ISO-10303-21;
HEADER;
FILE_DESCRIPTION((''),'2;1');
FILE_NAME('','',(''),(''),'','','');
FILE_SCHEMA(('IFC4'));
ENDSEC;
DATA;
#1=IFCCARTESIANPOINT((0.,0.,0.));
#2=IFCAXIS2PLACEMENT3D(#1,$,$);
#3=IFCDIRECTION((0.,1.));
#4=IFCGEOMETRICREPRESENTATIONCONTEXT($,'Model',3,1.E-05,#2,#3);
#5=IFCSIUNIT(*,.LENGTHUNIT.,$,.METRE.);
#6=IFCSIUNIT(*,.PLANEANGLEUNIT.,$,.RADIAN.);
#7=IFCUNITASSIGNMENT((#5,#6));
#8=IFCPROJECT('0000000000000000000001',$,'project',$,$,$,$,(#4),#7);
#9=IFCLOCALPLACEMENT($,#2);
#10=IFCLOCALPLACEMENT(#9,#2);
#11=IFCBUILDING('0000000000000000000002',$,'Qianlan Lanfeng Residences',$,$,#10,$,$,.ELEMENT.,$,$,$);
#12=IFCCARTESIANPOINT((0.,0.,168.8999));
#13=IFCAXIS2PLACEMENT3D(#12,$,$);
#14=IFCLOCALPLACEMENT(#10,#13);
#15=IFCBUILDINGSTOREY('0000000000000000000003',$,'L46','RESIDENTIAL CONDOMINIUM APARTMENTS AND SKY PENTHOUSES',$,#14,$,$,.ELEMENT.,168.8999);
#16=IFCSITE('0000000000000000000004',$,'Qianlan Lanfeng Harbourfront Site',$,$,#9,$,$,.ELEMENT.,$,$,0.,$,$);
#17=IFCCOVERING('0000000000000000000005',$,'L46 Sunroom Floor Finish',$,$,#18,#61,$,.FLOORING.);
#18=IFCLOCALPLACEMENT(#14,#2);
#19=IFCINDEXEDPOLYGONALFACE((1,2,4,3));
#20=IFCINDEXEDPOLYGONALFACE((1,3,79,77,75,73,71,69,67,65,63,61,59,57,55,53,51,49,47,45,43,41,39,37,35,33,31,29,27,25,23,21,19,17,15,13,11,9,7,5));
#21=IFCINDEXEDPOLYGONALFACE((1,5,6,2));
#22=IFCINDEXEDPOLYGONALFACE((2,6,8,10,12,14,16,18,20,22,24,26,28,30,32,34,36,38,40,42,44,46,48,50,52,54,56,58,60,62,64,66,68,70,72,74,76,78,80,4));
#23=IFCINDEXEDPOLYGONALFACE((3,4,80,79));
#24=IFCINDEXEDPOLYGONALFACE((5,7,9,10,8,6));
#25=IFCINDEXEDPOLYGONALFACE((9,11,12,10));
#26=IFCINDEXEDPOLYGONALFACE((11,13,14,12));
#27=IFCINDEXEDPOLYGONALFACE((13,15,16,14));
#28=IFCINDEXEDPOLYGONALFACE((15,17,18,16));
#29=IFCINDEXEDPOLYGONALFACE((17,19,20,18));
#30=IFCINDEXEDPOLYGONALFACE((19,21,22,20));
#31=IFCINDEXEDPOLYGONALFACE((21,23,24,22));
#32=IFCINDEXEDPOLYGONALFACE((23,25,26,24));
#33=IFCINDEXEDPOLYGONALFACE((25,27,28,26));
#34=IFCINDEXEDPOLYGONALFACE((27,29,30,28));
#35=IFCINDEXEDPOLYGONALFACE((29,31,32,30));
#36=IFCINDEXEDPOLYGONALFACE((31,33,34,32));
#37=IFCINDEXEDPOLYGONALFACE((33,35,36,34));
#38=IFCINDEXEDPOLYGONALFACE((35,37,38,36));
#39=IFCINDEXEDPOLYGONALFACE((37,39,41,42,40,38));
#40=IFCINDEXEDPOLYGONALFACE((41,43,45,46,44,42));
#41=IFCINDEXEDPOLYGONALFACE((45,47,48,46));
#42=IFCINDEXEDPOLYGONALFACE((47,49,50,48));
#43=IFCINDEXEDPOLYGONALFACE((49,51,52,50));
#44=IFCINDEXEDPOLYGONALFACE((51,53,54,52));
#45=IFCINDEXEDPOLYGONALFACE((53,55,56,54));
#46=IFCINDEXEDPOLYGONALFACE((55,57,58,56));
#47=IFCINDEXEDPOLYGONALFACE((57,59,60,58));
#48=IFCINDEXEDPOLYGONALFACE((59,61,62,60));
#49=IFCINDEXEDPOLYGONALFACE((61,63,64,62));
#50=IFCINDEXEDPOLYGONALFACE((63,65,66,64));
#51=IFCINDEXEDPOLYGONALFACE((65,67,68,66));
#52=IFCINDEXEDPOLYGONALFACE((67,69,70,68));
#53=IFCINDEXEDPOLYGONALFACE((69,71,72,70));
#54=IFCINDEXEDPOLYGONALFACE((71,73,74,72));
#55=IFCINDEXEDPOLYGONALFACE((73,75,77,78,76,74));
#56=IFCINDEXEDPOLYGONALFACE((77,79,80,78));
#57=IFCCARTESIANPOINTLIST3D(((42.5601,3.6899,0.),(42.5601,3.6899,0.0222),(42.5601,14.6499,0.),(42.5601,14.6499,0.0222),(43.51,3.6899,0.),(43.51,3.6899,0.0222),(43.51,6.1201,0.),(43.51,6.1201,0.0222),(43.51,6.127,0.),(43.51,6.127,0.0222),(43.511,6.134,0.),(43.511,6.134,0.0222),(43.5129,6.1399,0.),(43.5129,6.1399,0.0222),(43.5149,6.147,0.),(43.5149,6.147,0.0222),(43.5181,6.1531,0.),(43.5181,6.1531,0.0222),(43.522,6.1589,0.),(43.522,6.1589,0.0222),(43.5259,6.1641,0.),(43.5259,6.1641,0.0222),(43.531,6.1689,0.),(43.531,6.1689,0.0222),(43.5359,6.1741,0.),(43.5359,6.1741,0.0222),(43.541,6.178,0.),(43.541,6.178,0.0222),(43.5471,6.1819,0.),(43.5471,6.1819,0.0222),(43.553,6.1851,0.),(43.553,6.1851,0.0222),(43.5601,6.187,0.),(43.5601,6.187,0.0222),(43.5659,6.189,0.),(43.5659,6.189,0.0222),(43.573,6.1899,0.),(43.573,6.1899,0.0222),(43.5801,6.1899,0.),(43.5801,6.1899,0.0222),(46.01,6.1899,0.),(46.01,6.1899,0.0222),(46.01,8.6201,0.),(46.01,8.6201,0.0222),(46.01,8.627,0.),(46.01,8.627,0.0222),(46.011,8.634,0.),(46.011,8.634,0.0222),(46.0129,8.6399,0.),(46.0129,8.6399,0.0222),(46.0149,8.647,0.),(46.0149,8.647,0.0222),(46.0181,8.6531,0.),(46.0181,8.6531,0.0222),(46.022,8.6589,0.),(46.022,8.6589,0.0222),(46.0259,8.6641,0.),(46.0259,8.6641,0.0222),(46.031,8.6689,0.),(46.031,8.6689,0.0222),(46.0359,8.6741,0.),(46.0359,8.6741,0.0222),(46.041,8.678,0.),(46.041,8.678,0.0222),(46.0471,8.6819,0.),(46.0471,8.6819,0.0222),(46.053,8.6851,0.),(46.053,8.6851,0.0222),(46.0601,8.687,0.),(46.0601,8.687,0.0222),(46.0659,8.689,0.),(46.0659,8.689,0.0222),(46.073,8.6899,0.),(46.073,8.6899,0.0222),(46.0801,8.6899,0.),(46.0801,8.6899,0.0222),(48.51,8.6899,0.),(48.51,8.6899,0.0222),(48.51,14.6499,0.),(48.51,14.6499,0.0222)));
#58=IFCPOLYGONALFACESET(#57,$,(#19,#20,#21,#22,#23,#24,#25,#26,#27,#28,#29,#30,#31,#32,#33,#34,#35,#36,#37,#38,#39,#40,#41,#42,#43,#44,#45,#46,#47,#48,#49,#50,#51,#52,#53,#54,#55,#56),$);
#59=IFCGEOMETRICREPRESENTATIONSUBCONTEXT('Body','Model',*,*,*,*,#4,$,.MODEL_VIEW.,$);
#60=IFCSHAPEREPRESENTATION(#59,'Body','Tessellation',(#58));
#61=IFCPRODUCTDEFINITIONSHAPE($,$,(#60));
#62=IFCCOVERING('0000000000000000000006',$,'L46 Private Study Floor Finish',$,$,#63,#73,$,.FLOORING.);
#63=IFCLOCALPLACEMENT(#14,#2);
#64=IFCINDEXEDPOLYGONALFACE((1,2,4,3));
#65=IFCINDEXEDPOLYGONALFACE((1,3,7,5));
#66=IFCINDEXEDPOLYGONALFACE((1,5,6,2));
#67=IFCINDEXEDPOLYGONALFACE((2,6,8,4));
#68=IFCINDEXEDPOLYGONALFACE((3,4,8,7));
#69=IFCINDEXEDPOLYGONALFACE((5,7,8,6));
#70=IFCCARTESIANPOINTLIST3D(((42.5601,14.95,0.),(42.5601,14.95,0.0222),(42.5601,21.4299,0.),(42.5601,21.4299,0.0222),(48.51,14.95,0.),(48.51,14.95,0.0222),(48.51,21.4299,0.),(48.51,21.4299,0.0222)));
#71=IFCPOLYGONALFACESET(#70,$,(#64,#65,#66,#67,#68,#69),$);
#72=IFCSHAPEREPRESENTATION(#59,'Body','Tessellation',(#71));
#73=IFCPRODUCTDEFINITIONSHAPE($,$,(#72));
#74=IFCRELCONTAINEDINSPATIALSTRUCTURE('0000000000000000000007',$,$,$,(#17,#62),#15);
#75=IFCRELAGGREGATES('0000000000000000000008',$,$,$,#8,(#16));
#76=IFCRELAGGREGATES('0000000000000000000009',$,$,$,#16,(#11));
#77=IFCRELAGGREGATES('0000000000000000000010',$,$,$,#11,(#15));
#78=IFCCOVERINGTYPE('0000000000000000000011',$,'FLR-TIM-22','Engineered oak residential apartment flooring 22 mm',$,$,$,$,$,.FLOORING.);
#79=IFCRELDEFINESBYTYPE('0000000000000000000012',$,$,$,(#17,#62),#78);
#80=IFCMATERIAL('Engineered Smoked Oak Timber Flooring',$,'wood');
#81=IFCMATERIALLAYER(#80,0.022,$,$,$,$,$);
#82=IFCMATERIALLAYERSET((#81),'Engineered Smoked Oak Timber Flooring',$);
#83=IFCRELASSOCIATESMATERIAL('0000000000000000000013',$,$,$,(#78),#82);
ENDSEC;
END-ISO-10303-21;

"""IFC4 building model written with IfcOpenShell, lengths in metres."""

from ifc_helpers import new_model, si_unit, direction, frame, origin, place, context, subcontext, project, spatial, polyline, outline, extrude, material, layer, layer_set, type_object, element, save


model = new_model("IFC4")

# Units and contexts
model_context = context("Model", 3, precision=1e-05, world=origin(), true_north=direction((0.0, 1.0)))
body_context = subcontext(model_context, "Body", "Model", "MODEL_VIEW")
ifc_project = project(units=[si_unit("LENGTHUNIT", "METRE"), si_unit("PLANEANGLEUNIT", "RADIAN")], contexts=[model_context])

# Site, building, storey
site_placement = place(None, origin())
site = spatial("IfcSite", under=ifc_project, at=site_placement, Name="Qianlan Lanfeng Harbourfront Site", CompositionType="ELEMENT", RefElevation=0.0)
building_placement = place(site_placement, origin())
building = spatial("IfcBuilding", under=site, at=building_placement, Name="Qianlan Lanfeng Residences", CompositionType="ELEMENT")
storey_placement = place(building_placement, frame((0.0, 0.0, 168.8999)))
storey = spatial("IfcBuildingStorey", under=building, at=storey_placement, Name="L46", Description="RESIDENTIAL CONDOMINIUM APARTMENTS AND SKY PENTHOUSES", CompositionType="ELEMENT", Elevation=168.8999)

# Coverings
ifc_material_1 = material(Name="Engineered Smoked Oak Timber Flooring", Category="wood")
ifc_layer_1 = layer(ifc_material_1, 0.022)
ifc_layer_set_1 = layer_set([ifc_layer_1], Name="Engineered Smoked Oak Timber Flooring")
covering_type_1 = type_object("IfcCoveringType", Name="FLR-TIM-22", Description="Engineered oak residential apartment flooring 22 mm", PredefinedType="FLOORING", material=ifc_layer_set_1)
covering_1_placement = place(storey_placement, origin())
element("IfcCovering", 1, at=covering_1_placement, inside=storey, type_object=covering_type_1, Name="L46 Sunroom Floor Finish", PredefinedType="FLOORING", context=body_context, shape_type="SweptSolid", body=[
    extrude(outline(polyline([(48.51, 14.6499), (42.5601, 14.6499), (42.5601, 3.6899), (43.51, 3.6899), (43.51, 6.1201), (43.51, 6.127), (43.511, 6.134), (43.5129, 6.1399), (43.5149, 6.147), (43.5181, 6.1531), (43.522, 6.1589), (43.5259, 6.1641), (43.531, 6.1689), (43.5359, 6.1741), (43.541, 6.178), (43.5471, 6.1819), (43.553, 6.1851), (43.5601, 6.187), (43.5659, 6.189), (43.573, 6.1899), (43.5801, 6.1899), (46.01, 6.1899), (46.01, 8.6201), (46.01, 8.627), (46.011, 8.634), (46.0129, 8.6399), (46.0149, 8.647), (46.0181, 8.6531), (46.022, 8.6589), (46.0259, 8.6641), (46.031, 8.6689), (46.0359, 8.6741), (46.041, 8.678), (46.0471, 8.6819), (46.053, 8.6851), (46.0601, 8.687), (46.0659, 8.689), (46.073, 8.6899), (46.0801, 8.6899), (48.51, 8.6899), (48.51, 14.6499)])), origin(), (0.0, 0.0, 1.0), 0.0222),
])
covering_2_placement = place(storey_placement, origin())
element("IfcCovering", 2, at=covering_2_placement, inside=storey, type_object=covering_type_1, Name="L46 Private Study Floor Finish", PredefinedType="FLOORING", context=body_context, shape_type="SweptSolid", body=[
    extrude(outline(polyline([(48.51, 21.4299), (42.5601, 21.4299), (42.5601, 14.95), (48.51, 14.95), (48.51, 21.4299)])), origin(), (0.0, 0.0, 1.0), 0.0222),
])

save(model, "model.ifc")
